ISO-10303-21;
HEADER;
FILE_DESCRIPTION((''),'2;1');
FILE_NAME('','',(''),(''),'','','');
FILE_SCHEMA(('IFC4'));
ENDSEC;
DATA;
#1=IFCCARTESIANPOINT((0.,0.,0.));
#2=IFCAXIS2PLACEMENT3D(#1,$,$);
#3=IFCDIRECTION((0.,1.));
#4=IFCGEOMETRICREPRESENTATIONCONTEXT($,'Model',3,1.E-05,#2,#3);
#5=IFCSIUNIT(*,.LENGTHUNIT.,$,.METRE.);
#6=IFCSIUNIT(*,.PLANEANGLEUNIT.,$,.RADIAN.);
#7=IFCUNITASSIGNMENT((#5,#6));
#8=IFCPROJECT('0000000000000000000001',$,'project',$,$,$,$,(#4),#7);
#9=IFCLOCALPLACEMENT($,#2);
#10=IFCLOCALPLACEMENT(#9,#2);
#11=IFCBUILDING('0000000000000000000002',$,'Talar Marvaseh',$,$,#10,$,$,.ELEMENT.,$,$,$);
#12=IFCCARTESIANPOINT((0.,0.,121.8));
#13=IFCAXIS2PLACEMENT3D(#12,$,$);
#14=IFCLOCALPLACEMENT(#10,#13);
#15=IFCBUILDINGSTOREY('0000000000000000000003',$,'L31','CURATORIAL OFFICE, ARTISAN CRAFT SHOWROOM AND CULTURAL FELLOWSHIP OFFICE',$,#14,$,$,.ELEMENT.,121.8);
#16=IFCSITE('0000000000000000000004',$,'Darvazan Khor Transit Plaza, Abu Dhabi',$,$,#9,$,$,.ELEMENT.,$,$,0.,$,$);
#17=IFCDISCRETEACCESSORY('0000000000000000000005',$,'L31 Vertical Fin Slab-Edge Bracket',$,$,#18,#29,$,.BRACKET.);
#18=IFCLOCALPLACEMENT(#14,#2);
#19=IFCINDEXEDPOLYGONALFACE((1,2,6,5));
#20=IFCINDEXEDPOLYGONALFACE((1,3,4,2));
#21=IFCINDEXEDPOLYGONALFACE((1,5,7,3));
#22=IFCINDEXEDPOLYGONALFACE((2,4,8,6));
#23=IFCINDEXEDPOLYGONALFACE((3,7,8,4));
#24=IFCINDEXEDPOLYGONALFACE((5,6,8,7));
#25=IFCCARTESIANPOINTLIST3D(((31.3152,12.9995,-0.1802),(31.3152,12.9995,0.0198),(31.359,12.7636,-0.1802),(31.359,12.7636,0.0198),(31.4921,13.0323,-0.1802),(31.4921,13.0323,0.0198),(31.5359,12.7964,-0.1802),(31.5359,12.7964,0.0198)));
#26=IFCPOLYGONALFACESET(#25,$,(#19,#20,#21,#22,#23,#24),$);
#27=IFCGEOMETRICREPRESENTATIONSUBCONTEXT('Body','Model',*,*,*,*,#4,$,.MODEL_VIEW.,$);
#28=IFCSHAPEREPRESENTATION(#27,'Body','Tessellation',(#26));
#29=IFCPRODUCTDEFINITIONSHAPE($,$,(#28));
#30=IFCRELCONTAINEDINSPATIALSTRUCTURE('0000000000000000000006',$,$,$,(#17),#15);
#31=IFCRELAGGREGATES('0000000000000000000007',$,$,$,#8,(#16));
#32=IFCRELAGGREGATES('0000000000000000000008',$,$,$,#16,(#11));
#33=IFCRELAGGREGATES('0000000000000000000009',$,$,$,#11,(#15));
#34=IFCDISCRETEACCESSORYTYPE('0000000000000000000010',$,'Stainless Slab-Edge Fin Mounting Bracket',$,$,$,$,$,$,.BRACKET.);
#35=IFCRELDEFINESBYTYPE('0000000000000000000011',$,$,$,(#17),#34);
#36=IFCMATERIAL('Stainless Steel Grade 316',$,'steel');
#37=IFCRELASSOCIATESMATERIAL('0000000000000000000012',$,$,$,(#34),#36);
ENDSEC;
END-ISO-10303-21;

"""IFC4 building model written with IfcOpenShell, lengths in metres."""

from ifc_helpers import new_model, si_unit, direction, frame, origin, origin_2d, place, context, subcontext, project, spatial, rectangle, extrude, source, transform, mapped, material, type_object, type_shapes, element, save


model = new_model("IFC4")

# Units and contexts
model_context = context("Model", 3, precision=1e-05, world=origin(), true_north=direction((0.0, 1.0)))
body_context = subcontext(model_context, "Body", "Model", "MODEL_VIEW")
ifc_project = project(units=[si_unit("LENGTHUNIT", "METRE"), si_unit("PLANEANGLEUNIT", "RADIAN")], contexts=[model_context])

# Site, building, storey
site_placement = place(None, origin())
site = spatial("IfcSite", under=ifc_project, at=site_placement, Name="Darvazan Khor Transit Plaza, Abu Dhabi", CompositionType="ELEMENT", RefElevation=0.0)
building_placement = place(site_placement, origin())
building = spatial("IfcBuilding", under=site, at=building_placement, Name="Talar Marvaseh", CompositionType="ELEMENT")
storey_placement = place(building_placement, frame((0.0, 0.0, 121.8)))
storey = spatial("IfcBuildingStorey", under=building, at=storey_placement, Name="L31", Description="CURATORIAL OFFICE, ARTISAN CRAFT SHOWROOM AND CULTURAL FELLOWSHIP OFFICE", CompositionType="ELEMENT", Elevation=121.8)

# Discrete accessory
ifc_material_1 = material(Name="Stainless Steel Grade 316", Category="steel")
discrete_accessory_type = type_object("IfcDiscreteAccessoryType", Name="Stainless Slab-Edge Fin Mounting Bracket", PredefinedType="BRACKET", material=ifc_material_1)
shared_shape_1 = source(origin(), body_context, "Body", "SweptSolid", [
    extrude(rectangle(XDim=0.24, YDim=0.1799, at=origin_2d()), origin(), (0.0, 0.0, 1.0), 0.2),
])
type_shapes(discrete_accessory_type, [shared_shape_1])
discrete_accessory_placement = place(storey_placement, frame((31.4255, 12.8979, -0.1802), z_axis=(0.0, 0.0, 1.0), x_axis=(0.182407, -0.983223, 0.0)))
element("IfcDiscreteAccessory", 1, at=discrete_accessory_placement, inside=storey, type_object=discrete_accessory_type, Name="L31 Vertical Fin Slab-Edge Bracket", PredefinedType="BRACKET", context=body_context, shape_type="MappedRepresentation", body=[
    mapped(shared_shape_1, transform((0.0, 0.0, 0.0), x_axis=(1.0, 0.0, 0.0), y_axis=(0.0, 1.0, 0.0), z_axis=(0.0, 0.0, 1.0), scale=1.0)),
])

save(model, "model.ifc")
